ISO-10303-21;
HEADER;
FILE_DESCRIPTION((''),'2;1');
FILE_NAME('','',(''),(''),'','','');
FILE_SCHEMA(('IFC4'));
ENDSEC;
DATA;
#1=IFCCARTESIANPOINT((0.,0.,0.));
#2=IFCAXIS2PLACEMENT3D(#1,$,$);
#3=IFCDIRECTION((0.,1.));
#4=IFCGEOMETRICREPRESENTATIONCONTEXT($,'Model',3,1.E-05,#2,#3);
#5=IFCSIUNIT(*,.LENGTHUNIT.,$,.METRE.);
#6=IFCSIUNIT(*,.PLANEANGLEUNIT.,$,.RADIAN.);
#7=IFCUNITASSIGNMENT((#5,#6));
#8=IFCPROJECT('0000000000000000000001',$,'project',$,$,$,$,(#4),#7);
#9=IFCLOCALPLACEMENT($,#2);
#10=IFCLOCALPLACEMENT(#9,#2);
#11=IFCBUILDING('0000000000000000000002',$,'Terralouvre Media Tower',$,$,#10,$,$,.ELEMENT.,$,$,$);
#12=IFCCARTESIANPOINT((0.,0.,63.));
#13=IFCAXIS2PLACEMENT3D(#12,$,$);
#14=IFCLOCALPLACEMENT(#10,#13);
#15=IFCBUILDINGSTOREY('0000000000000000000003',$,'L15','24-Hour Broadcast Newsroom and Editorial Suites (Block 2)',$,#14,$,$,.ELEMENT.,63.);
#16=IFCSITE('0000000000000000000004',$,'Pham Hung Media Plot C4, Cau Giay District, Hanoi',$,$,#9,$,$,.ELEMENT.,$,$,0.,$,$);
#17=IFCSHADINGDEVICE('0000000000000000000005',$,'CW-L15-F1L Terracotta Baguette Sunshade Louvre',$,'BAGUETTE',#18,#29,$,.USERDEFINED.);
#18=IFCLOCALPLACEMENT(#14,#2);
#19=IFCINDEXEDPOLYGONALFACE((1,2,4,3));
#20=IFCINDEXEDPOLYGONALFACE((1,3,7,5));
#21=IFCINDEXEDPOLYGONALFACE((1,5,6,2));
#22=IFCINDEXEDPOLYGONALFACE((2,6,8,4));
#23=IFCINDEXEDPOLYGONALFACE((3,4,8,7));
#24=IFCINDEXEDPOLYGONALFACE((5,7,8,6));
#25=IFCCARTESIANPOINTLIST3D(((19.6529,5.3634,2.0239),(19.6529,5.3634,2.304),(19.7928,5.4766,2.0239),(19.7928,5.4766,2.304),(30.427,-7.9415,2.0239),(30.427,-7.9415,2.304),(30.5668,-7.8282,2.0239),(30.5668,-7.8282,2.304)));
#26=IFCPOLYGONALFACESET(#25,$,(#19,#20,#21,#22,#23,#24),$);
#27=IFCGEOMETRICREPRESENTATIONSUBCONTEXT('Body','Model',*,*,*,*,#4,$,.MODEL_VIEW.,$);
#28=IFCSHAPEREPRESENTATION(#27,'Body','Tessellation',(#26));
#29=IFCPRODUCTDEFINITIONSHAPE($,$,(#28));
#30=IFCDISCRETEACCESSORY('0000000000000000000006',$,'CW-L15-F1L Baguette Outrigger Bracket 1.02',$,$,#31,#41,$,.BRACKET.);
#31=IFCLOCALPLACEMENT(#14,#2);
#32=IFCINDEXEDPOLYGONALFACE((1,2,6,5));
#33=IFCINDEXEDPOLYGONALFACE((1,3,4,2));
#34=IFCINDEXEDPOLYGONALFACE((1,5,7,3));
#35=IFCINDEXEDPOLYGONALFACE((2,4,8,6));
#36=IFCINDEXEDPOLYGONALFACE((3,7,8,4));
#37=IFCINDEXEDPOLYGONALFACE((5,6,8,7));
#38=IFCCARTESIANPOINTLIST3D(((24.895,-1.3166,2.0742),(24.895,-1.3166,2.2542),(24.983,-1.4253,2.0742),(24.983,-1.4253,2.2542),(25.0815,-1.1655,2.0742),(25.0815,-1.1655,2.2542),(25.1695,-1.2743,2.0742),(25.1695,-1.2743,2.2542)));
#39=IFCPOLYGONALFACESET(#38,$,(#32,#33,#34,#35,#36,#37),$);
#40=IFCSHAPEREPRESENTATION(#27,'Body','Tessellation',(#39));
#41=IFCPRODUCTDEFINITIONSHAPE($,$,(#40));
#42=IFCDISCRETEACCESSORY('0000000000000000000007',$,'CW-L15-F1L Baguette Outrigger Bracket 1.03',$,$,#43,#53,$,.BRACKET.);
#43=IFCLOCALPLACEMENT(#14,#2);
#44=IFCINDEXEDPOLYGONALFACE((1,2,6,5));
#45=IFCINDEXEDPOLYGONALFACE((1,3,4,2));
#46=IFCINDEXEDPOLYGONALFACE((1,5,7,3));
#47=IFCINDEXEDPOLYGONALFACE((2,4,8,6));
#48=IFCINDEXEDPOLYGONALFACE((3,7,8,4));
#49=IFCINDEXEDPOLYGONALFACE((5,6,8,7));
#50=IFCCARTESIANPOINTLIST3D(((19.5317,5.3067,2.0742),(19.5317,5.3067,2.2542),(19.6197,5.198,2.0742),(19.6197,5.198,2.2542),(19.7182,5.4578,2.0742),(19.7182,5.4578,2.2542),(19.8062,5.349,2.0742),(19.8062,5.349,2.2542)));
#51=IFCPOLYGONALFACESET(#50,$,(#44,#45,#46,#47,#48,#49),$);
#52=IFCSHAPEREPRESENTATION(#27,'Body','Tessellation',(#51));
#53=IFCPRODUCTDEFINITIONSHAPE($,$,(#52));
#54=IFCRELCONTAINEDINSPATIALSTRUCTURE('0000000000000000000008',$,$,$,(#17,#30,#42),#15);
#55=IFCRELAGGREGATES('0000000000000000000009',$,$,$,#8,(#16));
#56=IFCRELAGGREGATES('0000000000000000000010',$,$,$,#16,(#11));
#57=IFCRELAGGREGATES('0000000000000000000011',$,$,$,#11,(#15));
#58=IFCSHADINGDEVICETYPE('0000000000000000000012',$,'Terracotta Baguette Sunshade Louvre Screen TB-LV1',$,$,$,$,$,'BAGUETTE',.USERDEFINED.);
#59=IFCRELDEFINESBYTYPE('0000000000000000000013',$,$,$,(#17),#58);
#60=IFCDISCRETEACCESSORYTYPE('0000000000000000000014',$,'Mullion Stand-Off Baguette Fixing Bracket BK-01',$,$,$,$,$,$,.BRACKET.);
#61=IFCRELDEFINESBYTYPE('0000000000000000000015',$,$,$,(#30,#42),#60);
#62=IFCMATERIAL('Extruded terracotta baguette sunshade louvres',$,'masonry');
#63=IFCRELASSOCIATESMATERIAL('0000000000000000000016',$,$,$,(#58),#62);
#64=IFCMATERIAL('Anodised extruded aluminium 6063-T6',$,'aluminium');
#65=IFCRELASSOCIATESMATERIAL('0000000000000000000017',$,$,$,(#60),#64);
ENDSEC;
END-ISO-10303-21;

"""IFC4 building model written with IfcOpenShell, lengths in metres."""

from ifc_helpers import new_model, si_unit, direction, frame, origin, origin_2d, place, context, subcontext, project, spatial, rectangle, extrude, material, type_object, element, save


model = new_model("IFC4")

# Units and contexts
model_context = context("Model", 3, precision=1e-05, world=origin(), true_north=direction((0.0, 1.0)))
body_context = subcontext(model_context, "Body", "Model", "MODEL_VIEW")
ifc_project = project(units=[si_unit("LENGTHUNIT", "METRE"), si_unit("PLANEANGLEUNIT", "RADIAN")], contexts=[model_context])

# Site, building, storey
site_placement = place(None, origin())
site = spatial("IfcSite", under=ifc_project, at=site_placement, Name="Pham Hung Media Plot C4, Cau Giay District, Hanoi", CompositionType="ELEMENT", RefElevation=0.0)
building_placement = place(site_placement, origin())
building = spatial("IfcBuilding", under=site, at=building_placement, Name="Terralouvre Media Tower", CompositionType="ELEMENT")
storey_placement = place(building_placement, frame((0.0, 0.0, 63.0)))
storey = spatial("IfcBuildingStorey", under=building, at=storey_placement, Name="L15", Description="24-Hour Broadcast Newsroom and Editorial Suites (Block 2)", CompositionType="ELEMENT", Elevation=63.0)

# Shading device
ifc_material_1 = material(Name="Extruded terracotta baguette sunshade louvres", Category="masonry")
shading_device_type = type_object("IfcShadingDeviceType", Name="Terracotta Baguette Sunshade Louvre Screen TB-LV1", ElementType="BAGUETTE", PredefinedType="USERDEFINED", material=ifc_material_1)
shading_device_placement = place(storey_placement, frame((25.1099, -1.2324, 2.0239), z_axis=(0.0, 0.0, 1.0), x_axis=(-0.62932, 0.777146, 0.0)))
element("IfcShadingDevice", 1, at=shading_device_placement, inside=storey, type_object=shading_device_type, Name="CW-L15-F1L Terracotta Baguette Sunshade Louvre", ObjectType="BAGUETTE", PredefinedType="USERDEFINED", context=body_context, shape_type="SweptSolid", body=[
    extrude(rectangle(XDim=17.1201, YDim=0.1799, at=origin_2d()), origin(), (0.0, 0.0, 1.0), 0.28),
])

# Discrete accessories
ifc_material_2 = material(Name="Anodised extruded aluminium 6063-T6", Category="aluminium")
discrete_accessory_type = type_object("IfcDiscreteAccessoryType", Name="Mullion Stand-Off Baguette Fixing Bracket BK-01", PredefinedType="BRACKET", material=ifc_material_2)
for number, where, z_axis, x_axis, name in (
    (2, (25.0322, -1.2954, 2.0742), (0.0, 0.0, 1.0), (-0.62932, 0.777146, 0.0), "CW-L15-F1L Baguette Outrigger Bracket 1.02"),
    (3, (19.6689, 5.3279, 2.0742), (0.0, 0.0, 1.0), (-0.62932, 0.777146, 0.0), "CW-L15-F1L Baguette Outrigger Bracket 1.03"),
):
    element("IfcDiscreteAccessory", number, at=place(storey_placement, frame(where, z_axis=z_axis, x_axis=x_axis)), inside=storey, type_object=discrete_accessory_type, Name=name, PredefinedType="BRACKET", context=body_context, shape_type="SweptSolid", body=[
        extrude(rectangle(XDim=0.1399, YDim=0.24, at=origin_2d()), origin(), (0.0, 0.0, 1.0), 0.1799),
    ])

save(model, "model.ifc")
